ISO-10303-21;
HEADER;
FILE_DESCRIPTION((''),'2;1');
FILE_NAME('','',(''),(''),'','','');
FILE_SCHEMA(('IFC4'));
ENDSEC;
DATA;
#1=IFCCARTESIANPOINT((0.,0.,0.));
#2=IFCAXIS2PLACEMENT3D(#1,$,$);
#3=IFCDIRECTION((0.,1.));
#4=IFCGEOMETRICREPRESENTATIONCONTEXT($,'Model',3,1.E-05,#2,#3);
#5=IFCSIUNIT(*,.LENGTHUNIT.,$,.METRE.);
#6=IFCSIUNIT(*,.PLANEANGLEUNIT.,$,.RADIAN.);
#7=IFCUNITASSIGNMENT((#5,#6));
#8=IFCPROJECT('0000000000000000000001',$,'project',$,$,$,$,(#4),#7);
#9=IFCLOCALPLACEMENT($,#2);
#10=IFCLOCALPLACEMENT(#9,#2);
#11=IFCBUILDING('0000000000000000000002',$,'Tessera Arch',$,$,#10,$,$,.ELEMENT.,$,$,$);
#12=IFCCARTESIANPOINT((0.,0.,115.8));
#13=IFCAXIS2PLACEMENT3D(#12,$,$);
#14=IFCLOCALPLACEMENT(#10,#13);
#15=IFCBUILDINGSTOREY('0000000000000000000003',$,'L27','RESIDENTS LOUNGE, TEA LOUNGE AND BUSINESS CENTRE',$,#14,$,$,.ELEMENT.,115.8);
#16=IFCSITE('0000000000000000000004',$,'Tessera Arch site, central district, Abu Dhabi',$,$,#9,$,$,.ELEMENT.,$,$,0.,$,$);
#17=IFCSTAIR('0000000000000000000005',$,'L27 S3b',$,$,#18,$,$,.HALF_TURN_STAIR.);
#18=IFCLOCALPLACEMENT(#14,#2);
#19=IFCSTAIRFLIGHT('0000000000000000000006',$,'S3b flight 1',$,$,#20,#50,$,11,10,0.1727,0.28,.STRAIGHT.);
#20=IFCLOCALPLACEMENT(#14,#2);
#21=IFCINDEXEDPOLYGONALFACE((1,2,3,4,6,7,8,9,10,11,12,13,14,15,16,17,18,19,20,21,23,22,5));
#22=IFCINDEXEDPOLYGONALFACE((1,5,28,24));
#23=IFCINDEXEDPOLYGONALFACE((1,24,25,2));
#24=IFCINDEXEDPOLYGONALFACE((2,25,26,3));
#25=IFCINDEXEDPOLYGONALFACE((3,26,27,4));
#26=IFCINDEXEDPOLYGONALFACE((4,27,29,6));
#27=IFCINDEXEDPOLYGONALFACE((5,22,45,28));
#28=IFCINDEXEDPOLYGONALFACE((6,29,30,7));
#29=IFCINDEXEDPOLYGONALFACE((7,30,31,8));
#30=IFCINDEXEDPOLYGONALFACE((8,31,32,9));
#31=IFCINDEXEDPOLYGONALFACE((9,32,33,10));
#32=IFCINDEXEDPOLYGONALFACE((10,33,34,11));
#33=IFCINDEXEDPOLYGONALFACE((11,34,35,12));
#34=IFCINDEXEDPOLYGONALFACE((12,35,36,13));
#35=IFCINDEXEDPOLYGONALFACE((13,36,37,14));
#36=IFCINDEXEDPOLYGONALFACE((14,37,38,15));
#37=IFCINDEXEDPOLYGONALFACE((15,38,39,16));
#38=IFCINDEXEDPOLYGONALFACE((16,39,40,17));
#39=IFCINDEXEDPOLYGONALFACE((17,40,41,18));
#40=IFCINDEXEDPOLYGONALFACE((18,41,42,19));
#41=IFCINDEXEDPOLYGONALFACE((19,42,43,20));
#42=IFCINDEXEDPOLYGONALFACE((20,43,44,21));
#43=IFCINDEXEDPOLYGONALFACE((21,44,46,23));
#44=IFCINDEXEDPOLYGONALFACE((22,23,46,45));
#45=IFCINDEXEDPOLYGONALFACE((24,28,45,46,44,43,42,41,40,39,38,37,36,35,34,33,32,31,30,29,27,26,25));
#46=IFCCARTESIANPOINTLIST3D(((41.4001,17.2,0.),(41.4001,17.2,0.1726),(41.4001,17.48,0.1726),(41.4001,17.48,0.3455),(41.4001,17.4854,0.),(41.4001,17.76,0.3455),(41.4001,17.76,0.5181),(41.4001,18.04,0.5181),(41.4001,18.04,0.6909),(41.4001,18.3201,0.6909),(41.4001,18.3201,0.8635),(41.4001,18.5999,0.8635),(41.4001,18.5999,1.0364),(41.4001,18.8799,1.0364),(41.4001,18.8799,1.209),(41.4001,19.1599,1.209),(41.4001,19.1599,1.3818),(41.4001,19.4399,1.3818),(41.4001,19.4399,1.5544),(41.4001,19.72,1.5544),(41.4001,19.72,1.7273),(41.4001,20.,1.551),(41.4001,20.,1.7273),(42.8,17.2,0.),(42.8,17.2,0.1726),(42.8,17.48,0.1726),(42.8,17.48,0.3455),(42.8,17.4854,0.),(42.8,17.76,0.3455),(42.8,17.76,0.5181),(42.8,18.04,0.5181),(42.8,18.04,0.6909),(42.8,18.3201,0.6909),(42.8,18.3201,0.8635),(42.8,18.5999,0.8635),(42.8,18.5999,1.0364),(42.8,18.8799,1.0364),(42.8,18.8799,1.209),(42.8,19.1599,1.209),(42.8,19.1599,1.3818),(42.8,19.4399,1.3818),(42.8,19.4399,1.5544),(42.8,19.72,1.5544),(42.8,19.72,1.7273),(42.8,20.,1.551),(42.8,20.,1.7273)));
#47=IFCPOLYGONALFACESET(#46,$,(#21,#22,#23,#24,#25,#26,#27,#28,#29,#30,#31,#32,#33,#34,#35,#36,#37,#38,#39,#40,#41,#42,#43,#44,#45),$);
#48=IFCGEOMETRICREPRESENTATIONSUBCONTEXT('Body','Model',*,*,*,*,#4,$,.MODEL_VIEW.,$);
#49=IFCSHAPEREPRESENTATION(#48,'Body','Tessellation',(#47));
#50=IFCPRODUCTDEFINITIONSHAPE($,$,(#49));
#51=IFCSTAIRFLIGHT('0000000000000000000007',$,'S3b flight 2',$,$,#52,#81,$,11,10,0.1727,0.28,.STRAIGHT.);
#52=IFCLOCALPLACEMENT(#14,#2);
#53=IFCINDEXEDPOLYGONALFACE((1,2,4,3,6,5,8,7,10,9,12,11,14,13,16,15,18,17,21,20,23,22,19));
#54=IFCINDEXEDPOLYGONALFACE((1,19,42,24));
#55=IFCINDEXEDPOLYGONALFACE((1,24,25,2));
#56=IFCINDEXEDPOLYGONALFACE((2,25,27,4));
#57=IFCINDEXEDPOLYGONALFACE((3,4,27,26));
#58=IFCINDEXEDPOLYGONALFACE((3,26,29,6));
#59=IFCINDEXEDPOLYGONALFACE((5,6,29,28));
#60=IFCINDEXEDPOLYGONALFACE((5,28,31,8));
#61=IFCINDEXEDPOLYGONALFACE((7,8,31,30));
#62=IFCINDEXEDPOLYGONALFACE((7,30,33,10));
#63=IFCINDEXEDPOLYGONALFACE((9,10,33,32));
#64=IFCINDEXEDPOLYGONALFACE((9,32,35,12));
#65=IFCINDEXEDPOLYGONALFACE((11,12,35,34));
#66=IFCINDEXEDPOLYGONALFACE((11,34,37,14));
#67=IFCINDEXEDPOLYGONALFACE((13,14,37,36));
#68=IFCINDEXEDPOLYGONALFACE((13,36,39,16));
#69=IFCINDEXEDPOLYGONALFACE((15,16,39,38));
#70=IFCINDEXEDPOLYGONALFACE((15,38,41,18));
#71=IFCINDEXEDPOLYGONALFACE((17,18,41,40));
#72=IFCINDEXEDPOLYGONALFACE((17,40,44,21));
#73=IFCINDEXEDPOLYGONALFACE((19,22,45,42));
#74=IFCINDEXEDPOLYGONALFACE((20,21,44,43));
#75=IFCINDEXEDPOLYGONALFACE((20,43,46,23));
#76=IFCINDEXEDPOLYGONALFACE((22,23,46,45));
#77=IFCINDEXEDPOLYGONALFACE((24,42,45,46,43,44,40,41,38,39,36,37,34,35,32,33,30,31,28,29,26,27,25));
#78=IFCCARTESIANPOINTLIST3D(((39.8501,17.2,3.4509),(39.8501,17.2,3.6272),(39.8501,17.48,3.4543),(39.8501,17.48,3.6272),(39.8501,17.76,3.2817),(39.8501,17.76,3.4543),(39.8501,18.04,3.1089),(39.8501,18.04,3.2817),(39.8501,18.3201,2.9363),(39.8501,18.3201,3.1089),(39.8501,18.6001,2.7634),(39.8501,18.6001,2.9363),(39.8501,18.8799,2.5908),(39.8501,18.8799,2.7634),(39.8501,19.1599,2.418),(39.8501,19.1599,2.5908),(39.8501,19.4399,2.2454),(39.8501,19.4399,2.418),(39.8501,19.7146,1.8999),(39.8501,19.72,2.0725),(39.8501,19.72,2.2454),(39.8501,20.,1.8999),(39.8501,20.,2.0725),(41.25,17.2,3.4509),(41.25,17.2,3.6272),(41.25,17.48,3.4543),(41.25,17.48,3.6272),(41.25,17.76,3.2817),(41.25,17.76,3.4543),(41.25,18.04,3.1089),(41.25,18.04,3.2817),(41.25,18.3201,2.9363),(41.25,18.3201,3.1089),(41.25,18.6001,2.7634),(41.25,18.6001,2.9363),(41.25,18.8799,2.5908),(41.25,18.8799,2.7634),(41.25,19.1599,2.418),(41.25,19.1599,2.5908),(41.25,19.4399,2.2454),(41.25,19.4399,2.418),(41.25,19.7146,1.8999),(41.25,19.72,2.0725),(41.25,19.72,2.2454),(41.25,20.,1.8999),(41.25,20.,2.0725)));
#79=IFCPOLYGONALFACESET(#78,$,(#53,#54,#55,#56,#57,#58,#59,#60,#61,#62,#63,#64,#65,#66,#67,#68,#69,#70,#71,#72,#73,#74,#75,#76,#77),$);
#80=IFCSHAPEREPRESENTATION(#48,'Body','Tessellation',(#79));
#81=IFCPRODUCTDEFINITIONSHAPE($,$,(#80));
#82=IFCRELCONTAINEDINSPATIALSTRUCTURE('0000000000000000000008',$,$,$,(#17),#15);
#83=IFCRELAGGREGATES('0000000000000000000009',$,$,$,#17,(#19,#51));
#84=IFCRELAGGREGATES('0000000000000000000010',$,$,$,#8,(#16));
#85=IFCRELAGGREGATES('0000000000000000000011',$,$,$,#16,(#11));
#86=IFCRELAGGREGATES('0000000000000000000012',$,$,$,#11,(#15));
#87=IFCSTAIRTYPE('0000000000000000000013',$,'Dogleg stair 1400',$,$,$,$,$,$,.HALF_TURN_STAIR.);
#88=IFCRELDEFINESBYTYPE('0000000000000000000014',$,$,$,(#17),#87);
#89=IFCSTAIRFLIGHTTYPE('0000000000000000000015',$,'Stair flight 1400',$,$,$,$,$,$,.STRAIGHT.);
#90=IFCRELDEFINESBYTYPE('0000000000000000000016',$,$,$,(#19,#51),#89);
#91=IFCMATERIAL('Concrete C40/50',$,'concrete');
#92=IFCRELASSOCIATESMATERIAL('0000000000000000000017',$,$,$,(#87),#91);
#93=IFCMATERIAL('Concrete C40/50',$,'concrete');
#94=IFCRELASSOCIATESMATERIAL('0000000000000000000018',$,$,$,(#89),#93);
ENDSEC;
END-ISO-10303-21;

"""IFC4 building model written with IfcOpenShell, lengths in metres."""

from ifc_helpers import new_model, si_unit, direction, frame, origin, place, context, subcontext, project, spatial, polyline, outline, extrude, material, type_object, element, aggregate, save


model = new_model("IFC4")

# Units and contexts
model_context = context("Model", 3, precision=1e-05, world=origin(), true_north=direction((0.0, 1.0)))
body_context = subcontext(model_context, "Body", "Model", "MODEL_VIEW")
ifc_project = project(units=[si_unit("LENGTHUNIT", "METRE"), si_unit("PLANEANGLEUNIT", "RADIAN")], contexts=[model_context])

# Site, building, storey
site_placement = place(None, origin())
site = spatial("IfcSite", under=ifc_project, at=site_placement, Name="Tessera Arch site, central district, Abu Dhabi", CompositionType="ELEMENT", RefElevation=0.0)
building_placement = place(site_placement, origin())
building = spatial("IfcBuilding", under=site, at=building_placement, Name="Tessera Arch", CompositionType="ELEMENT")
storey_placement = place(building_placement, frame((0.0, 0.0, 115.8)))
storey = spatial("IfcBuildingStorey", under=building, at=storey_placement, Name="L27", Description="RESIDENTS LOUNGE, TEA LOUNGE AND BUSINESS CENTRE", CompositionType="ELEMENT", Elevation=115.8)

# Stair, stair flights
ifc_material_1 = material(Name="Concrete C40/50", Category="concrete")
stair_type = type_object("IfcStairType", Name="Dogleg stair 1400", PredefinedType="HALF_TURN_STAIR", material=ifc_material_1)
ifc_material_2 = material(Name="Concrete C40/50", Category="concrete")
stair_flight_type = type_object("IfcStairFlightType", Name="Stair flight 1400", PredefinedType="STRAIGHT", material=ifc_material_2)
stair_1_placement = place(storey_placement, origin())
stair_1 = element("IfcStair", 1, at=stair_1_placement, inside=storey, type_object=stair_type, Name="L27 S3b", PredefinedType="HALF_TURN_STAIR")
stair_flight_1_placement = place(storey_placement, frame((42.1001, 17.2, 0.0), z_axis=(0.0, 0.0, 1.0), x_axis=(0.0, 1.0, 0.0)))
stair_flight_1 = element("IfcStairFlight", 2, at=stair_flight_1_placement, type_object=stair_flight_type, Name="S3b flight 1", NumberOfRisers=11, NumberOfTreads=10, PredefinedType="STRAIGHT", RiserHeight=0.1727, TreadLength=0.28, context=body_context, shape_type="SweptSolid", body=[
    extrude(outline(polyline([(0.0, 0.0), (0.0, 0.1726), (0.28, 0.1726), (0.28, 0.3455), (0.5601, 0.3455), (0.5601, 0.5181), (0.8401, 0.5181), (0.8401, 0.6909), (1.1201, 0.6909), (1.1201, 0.8635), (1.3999, 0.8635), (1.3999, 1.0364), (1.6799, 1.0364), (1.6799, 1.209), (1.96, 1.209), (1.96, 1.3818), (2.24, 1.3818), (2.24, 1.5544), (2.52, 1.5544), (2.52, 1.7273), (2.8, 1.7273), (2.8, 1.8999), (2.8, 1.551), (0.2854, 0.0), (0.0, 0.0)])), frame((0.0, 0.7, 0.0), z_axis=(0.0, -1.0, 0.0), x_axis=(1.0, 0.0, 0.0)), (0.0, 0.0, 1.0), 1.3999),
])
stair_flight_2_placement = place(storey_placement, frame((40.55, 20.0, 1.8999), z_axis=(0.0, 0.0, 1.0), x_axis=(0.0, -1.0, 0.0)))
stair_flight_2 = element("IfcStairFlight", 3, at=stair_flight_2_placement, type_object=stair_flight_type, Name="S3b flight 2", NumberOfRisers=11, NumberOfTreads=10, PredefinedType="STRAIGHT", RiserHeight=0.1727, TreadLength=0.28, context=body_context, shape_type="SweptSolid", body=[
    extrude(outline(polyline([(0.0, 0.0), (0.0, 0.1726), (0.28, 0.1726), (0.28, 0.3455), (0.5601, 0.3455), (0.5601, 0.5181), (0.8401, 0.5181), (0.8401, 0.6909), (1.1201, 0.6909), (1.1201, 0.8635), (1.3999, 0.8635), (1.3999, 1.0364), (1.6799, 1.0364), (1.6799, 1.209), (1.96, 1.209), (1.96, 1.3818), (2.24, 1.3818), (2.24, 1.5544), (2.52, 1.5544), (2.52, 1.7273), (2.8, 1.7273), (2.8, 1.8999), (2.8, 1.551), (0.2854, 0.0), (0.0, 0.0)])), frame((0.0, 0.7, 0.0), z_axis=(0.0, -1.0, 0.0), x_axis=(1.0, 0.0, 0.0)), (0.0, 0.0, 1.0), 1.3999),
])
aggregate(stair_1, [stair_flight_1, stair_flight_2])

save(model, "model.ifc")
